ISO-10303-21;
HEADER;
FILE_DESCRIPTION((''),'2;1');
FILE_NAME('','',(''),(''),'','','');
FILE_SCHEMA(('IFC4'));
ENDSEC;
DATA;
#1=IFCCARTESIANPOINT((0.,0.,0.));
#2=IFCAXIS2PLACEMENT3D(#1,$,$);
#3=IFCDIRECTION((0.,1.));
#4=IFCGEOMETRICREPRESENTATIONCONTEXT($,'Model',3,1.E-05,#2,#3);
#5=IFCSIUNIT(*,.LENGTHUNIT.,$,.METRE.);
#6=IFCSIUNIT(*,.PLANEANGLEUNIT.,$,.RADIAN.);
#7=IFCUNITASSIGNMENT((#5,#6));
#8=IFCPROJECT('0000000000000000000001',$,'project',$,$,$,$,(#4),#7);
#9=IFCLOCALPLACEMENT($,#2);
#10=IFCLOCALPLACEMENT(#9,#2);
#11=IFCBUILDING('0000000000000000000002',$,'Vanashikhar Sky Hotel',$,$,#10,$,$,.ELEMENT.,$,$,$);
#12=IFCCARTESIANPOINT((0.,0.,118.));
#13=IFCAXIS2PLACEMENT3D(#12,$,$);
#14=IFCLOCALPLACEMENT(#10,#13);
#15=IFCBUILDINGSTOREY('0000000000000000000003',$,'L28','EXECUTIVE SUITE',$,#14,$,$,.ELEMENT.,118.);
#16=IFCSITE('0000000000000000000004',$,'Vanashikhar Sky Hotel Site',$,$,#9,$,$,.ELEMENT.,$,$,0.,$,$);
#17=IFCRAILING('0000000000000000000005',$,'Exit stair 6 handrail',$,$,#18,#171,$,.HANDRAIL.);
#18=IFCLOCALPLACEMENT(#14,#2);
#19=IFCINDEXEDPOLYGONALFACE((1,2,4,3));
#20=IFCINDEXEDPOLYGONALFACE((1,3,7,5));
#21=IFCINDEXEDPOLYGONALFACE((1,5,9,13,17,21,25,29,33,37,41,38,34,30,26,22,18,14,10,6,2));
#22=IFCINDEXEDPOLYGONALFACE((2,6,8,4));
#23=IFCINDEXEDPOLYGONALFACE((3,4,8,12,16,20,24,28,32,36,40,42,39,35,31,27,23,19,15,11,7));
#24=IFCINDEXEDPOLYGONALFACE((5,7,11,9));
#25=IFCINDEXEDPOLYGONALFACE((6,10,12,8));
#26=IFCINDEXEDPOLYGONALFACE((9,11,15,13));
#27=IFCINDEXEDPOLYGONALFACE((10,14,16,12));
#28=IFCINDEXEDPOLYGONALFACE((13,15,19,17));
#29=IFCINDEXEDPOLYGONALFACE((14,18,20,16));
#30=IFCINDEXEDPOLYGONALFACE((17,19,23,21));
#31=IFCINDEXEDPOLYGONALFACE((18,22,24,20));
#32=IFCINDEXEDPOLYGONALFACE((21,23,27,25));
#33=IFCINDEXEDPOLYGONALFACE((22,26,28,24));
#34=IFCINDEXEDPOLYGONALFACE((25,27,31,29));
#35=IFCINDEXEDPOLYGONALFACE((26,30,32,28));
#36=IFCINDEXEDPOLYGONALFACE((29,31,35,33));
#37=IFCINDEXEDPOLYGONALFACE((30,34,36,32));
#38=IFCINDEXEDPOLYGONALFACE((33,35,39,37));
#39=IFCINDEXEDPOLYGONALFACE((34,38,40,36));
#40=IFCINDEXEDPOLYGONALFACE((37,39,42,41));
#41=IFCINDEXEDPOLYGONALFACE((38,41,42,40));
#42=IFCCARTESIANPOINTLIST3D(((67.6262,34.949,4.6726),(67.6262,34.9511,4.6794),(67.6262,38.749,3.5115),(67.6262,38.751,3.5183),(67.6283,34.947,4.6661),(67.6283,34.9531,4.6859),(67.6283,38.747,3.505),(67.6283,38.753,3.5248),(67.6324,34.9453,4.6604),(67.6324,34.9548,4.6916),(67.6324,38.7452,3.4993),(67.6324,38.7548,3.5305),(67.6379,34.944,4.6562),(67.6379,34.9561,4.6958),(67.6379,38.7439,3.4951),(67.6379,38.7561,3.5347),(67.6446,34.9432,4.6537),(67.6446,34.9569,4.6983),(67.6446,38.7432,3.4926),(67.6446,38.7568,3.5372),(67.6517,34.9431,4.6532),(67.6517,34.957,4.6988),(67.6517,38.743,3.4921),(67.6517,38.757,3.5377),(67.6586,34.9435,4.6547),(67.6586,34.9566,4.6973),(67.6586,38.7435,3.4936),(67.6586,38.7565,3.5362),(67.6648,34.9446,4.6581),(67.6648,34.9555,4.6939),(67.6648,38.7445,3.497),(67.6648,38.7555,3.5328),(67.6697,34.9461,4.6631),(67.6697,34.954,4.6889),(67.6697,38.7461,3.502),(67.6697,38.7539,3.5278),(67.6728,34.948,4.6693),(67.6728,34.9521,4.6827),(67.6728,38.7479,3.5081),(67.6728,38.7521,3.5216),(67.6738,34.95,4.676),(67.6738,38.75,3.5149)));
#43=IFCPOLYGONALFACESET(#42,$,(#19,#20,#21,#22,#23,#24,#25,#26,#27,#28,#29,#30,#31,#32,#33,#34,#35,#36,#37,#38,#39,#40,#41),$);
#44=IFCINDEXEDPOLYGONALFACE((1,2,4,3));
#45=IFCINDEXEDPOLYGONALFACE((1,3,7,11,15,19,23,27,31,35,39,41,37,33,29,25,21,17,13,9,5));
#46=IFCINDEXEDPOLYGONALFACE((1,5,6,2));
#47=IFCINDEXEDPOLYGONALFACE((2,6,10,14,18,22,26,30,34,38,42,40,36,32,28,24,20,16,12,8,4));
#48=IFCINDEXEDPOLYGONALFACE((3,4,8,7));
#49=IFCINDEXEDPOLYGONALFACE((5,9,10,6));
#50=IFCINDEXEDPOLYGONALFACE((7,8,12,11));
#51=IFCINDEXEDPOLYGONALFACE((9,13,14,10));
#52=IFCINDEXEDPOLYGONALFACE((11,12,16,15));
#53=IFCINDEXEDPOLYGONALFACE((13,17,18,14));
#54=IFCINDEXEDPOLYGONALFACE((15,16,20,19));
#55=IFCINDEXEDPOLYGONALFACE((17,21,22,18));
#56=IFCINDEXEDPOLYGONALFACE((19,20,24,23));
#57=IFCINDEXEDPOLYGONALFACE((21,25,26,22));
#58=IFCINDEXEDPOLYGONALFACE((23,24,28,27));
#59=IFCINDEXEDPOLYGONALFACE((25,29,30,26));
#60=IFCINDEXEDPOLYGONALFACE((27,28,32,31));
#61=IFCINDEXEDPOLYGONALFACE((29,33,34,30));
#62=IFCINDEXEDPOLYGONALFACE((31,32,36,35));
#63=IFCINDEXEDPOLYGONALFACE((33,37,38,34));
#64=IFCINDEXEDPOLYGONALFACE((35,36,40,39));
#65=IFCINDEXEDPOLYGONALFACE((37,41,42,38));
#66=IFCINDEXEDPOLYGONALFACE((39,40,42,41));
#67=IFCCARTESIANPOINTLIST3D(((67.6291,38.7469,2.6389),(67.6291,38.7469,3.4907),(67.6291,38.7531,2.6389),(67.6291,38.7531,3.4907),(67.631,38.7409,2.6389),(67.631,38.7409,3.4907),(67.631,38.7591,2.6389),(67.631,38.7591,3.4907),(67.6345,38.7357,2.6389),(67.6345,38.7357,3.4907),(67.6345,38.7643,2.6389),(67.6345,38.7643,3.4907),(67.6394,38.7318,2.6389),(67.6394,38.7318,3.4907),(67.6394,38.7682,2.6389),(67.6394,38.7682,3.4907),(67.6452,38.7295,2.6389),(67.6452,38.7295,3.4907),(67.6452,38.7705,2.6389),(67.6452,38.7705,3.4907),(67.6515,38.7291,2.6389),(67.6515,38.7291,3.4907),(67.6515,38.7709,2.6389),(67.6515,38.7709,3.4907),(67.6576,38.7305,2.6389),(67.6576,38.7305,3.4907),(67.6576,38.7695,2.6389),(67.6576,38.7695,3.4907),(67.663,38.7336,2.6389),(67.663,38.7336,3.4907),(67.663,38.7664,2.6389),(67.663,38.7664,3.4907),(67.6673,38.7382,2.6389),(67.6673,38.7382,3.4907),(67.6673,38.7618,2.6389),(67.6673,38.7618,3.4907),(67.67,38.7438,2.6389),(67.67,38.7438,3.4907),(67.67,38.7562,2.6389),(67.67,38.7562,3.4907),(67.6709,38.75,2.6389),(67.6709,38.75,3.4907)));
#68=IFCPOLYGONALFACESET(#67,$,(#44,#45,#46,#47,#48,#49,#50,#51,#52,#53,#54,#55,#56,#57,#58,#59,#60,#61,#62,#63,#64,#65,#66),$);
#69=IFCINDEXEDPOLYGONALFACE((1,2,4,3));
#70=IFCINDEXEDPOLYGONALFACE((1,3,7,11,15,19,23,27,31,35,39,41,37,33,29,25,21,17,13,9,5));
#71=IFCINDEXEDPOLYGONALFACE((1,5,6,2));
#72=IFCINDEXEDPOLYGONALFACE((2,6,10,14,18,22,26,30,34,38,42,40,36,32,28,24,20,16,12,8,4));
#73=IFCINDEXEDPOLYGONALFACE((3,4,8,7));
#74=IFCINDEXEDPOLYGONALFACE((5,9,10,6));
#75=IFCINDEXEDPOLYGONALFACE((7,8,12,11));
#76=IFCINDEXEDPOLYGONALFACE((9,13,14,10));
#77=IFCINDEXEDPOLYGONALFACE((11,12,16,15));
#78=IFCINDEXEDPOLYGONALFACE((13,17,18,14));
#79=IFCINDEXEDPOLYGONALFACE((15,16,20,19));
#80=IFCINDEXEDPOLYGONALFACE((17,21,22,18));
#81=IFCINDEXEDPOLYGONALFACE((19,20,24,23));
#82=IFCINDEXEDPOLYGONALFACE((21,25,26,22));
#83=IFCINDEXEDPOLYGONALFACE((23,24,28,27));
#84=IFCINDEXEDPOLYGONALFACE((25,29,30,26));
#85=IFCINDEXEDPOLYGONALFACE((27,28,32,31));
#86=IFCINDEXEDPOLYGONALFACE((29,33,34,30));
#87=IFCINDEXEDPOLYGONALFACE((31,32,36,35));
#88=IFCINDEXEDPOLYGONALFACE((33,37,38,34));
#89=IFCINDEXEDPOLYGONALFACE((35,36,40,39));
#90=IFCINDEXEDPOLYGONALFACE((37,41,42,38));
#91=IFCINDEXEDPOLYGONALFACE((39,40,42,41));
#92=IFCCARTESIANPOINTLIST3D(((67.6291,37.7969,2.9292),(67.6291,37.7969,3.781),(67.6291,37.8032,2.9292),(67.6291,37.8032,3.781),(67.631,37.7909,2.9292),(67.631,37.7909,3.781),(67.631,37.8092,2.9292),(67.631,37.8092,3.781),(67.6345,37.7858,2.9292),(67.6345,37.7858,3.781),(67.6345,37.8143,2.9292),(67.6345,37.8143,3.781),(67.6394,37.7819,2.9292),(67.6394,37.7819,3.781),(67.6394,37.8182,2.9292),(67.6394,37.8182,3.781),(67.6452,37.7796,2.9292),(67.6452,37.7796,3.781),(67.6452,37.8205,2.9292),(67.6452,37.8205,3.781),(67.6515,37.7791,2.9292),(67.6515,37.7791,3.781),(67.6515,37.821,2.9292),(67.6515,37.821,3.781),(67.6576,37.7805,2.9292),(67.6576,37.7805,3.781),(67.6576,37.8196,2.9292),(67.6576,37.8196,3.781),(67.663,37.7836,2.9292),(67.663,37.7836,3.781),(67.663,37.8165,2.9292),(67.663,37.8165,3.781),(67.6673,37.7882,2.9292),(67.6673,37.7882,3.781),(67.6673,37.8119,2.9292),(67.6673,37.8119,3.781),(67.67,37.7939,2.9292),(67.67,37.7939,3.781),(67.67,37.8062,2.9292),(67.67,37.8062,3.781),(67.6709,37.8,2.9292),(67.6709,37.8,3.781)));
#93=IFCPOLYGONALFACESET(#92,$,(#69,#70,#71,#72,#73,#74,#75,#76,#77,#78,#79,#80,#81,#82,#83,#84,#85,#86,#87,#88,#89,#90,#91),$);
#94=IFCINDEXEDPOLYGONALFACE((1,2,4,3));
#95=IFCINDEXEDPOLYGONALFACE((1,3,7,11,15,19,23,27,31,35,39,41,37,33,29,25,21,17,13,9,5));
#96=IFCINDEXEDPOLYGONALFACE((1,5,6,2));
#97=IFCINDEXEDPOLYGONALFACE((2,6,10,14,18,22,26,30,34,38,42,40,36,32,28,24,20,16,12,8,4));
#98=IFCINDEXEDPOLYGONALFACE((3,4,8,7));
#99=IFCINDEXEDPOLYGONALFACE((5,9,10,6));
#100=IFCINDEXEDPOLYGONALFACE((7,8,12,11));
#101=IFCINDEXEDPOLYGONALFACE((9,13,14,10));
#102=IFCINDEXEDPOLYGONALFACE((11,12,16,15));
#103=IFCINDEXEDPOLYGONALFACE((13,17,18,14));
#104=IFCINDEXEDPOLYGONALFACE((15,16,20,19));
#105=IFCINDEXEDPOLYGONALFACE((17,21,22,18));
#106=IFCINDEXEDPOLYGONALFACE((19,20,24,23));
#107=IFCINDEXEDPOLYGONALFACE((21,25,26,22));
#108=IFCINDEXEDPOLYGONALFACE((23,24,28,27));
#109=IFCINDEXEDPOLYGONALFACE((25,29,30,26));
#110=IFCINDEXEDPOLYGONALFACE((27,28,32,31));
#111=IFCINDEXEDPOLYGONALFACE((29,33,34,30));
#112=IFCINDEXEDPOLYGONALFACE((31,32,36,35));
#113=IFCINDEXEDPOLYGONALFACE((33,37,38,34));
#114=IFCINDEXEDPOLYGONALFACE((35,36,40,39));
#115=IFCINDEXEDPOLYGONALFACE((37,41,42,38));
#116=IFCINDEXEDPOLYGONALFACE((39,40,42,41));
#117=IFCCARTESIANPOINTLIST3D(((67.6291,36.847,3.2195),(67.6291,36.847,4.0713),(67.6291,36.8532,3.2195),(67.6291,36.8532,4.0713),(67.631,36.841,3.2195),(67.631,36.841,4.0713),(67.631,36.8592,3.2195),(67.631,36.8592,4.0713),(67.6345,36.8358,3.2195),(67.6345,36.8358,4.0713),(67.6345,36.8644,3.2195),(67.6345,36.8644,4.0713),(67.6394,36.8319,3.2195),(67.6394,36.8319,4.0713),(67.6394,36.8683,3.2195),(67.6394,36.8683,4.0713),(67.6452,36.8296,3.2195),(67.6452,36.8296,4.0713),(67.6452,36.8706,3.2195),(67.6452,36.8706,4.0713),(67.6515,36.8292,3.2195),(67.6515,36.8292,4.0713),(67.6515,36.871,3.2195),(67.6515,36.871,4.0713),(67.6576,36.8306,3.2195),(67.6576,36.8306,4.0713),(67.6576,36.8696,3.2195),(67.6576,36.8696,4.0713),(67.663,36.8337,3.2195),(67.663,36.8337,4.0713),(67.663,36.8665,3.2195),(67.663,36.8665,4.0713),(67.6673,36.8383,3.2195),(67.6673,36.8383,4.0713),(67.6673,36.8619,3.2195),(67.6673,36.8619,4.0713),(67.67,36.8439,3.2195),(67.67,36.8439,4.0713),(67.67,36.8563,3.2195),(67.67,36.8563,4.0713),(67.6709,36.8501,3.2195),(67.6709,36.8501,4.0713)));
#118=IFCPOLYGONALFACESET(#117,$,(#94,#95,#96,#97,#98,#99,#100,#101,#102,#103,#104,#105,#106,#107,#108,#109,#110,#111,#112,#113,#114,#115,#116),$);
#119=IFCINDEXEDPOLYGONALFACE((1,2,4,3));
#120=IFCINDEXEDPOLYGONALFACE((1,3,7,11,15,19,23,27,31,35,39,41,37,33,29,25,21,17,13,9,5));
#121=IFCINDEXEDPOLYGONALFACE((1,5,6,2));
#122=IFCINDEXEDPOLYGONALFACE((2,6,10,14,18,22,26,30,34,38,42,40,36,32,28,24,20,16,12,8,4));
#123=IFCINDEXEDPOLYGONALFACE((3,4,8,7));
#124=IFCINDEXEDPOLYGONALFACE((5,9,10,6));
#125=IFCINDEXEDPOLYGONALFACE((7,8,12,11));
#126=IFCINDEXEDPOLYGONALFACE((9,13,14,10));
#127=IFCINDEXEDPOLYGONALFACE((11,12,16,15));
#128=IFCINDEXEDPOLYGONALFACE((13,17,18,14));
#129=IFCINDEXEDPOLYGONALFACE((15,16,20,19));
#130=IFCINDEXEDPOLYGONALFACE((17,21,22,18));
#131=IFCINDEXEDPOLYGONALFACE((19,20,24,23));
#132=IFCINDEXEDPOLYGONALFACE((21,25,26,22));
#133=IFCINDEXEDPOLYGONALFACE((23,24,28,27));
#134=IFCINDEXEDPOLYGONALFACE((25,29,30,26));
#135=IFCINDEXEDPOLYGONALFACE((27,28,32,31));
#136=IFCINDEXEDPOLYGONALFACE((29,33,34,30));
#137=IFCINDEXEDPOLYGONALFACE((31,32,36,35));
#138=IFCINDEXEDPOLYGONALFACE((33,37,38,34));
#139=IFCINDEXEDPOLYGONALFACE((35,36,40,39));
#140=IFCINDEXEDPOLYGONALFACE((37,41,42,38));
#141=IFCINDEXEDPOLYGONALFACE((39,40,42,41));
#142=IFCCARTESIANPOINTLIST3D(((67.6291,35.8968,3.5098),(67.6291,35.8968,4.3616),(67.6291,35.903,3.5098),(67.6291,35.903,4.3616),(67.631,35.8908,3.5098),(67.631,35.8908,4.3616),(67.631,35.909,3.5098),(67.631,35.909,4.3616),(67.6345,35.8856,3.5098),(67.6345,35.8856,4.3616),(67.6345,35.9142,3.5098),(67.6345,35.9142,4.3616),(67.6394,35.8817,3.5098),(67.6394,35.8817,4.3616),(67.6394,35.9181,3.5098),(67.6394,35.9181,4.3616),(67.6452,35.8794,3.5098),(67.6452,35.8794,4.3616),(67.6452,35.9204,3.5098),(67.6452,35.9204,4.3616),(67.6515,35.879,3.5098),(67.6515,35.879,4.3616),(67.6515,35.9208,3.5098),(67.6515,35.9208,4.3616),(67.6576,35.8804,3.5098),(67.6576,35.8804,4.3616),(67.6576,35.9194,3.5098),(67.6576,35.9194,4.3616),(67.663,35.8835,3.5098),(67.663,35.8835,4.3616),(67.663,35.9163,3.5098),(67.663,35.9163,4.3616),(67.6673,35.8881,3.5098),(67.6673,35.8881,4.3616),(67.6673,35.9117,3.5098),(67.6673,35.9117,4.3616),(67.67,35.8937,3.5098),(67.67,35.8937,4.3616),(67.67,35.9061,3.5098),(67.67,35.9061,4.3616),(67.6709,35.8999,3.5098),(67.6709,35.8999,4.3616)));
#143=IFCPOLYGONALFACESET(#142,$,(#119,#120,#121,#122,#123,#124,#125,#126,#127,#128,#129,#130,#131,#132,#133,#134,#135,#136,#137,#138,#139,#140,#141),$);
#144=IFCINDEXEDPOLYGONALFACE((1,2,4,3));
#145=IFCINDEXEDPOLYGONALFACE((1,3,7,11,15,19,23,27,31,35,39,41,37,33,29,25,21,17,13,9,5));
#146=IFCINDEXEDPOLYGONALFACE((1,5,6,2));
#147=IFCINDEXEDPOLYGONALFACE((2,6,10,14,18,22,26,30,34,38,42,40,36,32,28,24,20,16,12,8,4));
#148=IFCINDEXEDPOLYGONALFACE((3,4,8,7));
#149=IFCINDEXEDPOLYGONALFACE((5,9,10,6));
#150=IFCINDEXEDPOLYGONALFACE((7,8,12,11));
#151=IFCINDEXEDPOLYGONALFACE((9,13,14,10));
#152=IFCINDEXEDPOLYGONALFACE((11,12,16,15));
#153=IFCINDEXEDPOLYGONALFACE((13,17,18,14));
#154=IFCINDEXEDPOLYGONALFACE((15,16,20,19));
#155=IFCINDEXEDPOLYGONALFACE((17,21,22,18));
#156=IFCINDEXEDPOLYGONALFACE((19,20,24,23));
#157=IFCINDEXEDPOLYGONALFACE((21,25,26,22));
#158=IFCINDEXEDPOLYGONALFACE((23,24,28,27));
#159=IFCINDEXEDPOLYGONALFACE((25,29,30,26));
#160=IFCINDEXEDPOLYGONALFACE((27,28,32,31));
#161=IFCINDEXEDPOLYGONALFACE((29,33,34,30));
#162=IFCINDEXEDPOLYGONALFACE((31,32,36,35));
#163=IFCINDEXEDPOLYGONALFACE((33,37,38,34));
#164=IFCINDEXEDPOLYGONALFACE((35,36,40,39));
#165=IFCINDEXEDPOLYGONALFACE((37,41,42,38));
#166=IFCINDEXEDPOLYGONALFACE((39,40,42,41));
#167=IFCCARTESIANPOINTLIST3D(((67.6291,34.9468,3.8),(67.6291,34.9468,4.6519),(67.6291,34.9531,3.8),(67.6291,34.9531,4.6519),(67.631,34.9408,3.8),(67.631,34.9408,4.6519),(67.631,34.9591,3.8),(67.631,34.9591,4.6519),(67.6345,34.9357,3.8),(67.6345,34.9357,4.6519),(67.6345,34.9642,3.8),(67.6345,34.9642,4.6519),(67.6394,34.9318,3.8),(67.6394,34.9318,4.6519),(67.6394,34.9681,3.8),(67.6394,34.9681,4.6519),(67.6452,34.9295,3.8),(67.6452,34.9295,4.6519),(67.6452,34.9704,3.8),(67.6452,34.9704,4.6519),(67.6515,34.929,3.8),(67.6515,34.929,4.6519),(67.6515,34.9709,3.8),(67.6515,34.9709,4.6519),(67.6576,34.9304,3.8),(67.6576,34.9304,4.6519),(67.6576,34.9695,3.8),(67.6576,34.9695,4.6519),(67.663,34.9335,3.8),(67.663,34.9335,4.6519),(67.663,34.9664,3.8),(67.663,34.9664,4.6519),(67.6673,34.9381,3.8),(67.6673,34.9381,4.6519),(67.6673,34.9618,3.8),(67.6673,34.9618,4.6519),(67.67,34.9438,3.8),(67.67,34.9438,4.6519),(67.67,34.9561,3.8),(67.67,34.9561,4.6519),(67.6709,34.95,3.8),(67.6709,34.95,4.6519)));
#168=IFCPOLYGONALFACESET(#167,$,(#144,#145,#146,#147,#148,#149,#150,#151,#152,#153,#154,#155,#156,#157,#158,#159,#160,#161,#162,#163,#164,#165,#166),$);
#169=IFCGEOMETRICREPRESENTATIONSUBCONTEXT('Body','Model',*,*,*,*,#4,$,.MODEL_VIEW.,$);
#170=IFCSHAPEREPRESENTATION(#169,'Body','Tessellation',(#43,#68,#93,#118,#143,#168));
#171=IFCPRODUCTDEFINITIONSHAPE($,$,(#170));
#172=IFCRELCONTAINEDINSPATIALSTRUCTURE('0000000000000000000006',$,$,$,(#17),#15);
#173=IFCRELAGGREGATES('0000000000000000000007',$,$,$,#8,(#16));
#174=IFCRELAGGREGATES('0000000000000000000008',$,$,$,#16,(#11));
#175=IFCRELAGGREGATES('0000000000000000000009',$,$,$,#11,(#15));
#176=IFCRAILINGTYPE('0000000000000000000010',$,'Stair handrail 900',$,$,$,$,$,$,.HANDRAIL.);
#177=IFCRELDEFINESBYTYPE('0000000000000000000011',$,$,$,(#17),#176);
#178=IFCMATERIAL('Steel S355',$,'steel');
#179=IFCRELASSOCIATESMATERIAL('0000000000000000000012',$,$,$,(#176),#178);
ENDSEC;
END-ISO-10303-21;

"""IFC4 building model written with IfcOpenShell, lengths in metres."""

from ifc_helpers import new_model, si_unit, direction, frame, origin, origin_2d, place, context, subcontext, project, spatial, circle, extrude, source, transform, mapped, material, type_object, element, save


model = new_model("IFC4")

# Units and contexts
model_context = context("Model", 3, precision=1e-05, world=origin(), true_north=direction((0.0, 1.0)))
body_context = subcontext(model_context, "Body", "Model", "MODEL_VIEW")
ifc_project = project(units=[si_unit("LENGTHUNIT", "METRE"), si_unit("PLANEANGLEUNIT", "RADIAN")], contexts=[model_context])

# Site, building, storey
site_placement = place(None, origin())
site = spatial("IfcSite", under=ifc_project, at=site_placement, Name="Vanashikhar Sky Hotel Site", CompositionType="ELEMENT", RefElevation=0.0)
building_placement = place(site_placement, origin())
building = spatial("IfcBuilding", under=site, at=building_placement, Name="Vanashikhar Sky Hotel", CompositionType="ELEMENT")
storey_placement = place(building_placement, frame((0.0, 0.0, 118.0)))
storey = spatial("IfcBuildingStorey", under=building, at=storey_placement, Name="L28", Description="EXECUTIVE SUITE", CompositionType="ELEMENT", Elevation=118.0)

# Railing
ifc_material_1 = material(Name="Steel S355", Category="steel")
railing_type_1 = type_object("IfcRailingType", Name="Stair handrail 900", PredefinedType="HANDRAIL", material=ifc_material_1)
shared_shape_1 = source(origin(), body_context, "Body", "SweptSolid", [
    extrude(circle(Radius=0.0239, at=origin_2d()), frame((0.0, 0.0, 0.876), z_axis=(0.0, -0.956351, 0.29222), x_axis=(1.0, 0.0, 0.0)), (0.0, 0.0, 1.0), 3.9734),
    extrude(circle(Radius=0.021, at=origin_2d()), origin(), (0.0, 0.0, 1.0), 0.8518),
    extrude(circle(Radius=0.021, at=origin_2d()), frame((0.0, -0.95, 0.2903)), (0.0, 0.0, 1.0), 0.8518),
    extrude(circle(Radius=0.021, at=origin_2d()), frame((0.0, -1.8999, 0.5806)), (0.0, 0.0, 1.0), 0.8518),
    extrude(circle(Radius=0.021, at=origin_2d()), frame((0.0, -2.8501, 0.8708)), (0.0, 0.0, 1.0), 0.8518),
    extrude(circle(Radius=0.021, at=origin_2d()), frame((0.0, -3.8, 1.1611)), (0.0, 0.0, 1.0), 0.8518),
])
for number, where, name in (
    (1, (67.6499, 38.75, 2.6389), "Exit stair 6 handrail"),
):
    element("IfcRailing", number, at=place(storey_placement, frame(where)), inside=storey, type_object=railing_type_1, Name=name, PredefinedType="HANDRAIL", context=body_context, shape_type="MappedRepresentation", body=[
        mapped(shared_shape_1, transform((0.0, 0.0, 0.0), scale=1.0)),
    ])

save(model, "model.ifc")
